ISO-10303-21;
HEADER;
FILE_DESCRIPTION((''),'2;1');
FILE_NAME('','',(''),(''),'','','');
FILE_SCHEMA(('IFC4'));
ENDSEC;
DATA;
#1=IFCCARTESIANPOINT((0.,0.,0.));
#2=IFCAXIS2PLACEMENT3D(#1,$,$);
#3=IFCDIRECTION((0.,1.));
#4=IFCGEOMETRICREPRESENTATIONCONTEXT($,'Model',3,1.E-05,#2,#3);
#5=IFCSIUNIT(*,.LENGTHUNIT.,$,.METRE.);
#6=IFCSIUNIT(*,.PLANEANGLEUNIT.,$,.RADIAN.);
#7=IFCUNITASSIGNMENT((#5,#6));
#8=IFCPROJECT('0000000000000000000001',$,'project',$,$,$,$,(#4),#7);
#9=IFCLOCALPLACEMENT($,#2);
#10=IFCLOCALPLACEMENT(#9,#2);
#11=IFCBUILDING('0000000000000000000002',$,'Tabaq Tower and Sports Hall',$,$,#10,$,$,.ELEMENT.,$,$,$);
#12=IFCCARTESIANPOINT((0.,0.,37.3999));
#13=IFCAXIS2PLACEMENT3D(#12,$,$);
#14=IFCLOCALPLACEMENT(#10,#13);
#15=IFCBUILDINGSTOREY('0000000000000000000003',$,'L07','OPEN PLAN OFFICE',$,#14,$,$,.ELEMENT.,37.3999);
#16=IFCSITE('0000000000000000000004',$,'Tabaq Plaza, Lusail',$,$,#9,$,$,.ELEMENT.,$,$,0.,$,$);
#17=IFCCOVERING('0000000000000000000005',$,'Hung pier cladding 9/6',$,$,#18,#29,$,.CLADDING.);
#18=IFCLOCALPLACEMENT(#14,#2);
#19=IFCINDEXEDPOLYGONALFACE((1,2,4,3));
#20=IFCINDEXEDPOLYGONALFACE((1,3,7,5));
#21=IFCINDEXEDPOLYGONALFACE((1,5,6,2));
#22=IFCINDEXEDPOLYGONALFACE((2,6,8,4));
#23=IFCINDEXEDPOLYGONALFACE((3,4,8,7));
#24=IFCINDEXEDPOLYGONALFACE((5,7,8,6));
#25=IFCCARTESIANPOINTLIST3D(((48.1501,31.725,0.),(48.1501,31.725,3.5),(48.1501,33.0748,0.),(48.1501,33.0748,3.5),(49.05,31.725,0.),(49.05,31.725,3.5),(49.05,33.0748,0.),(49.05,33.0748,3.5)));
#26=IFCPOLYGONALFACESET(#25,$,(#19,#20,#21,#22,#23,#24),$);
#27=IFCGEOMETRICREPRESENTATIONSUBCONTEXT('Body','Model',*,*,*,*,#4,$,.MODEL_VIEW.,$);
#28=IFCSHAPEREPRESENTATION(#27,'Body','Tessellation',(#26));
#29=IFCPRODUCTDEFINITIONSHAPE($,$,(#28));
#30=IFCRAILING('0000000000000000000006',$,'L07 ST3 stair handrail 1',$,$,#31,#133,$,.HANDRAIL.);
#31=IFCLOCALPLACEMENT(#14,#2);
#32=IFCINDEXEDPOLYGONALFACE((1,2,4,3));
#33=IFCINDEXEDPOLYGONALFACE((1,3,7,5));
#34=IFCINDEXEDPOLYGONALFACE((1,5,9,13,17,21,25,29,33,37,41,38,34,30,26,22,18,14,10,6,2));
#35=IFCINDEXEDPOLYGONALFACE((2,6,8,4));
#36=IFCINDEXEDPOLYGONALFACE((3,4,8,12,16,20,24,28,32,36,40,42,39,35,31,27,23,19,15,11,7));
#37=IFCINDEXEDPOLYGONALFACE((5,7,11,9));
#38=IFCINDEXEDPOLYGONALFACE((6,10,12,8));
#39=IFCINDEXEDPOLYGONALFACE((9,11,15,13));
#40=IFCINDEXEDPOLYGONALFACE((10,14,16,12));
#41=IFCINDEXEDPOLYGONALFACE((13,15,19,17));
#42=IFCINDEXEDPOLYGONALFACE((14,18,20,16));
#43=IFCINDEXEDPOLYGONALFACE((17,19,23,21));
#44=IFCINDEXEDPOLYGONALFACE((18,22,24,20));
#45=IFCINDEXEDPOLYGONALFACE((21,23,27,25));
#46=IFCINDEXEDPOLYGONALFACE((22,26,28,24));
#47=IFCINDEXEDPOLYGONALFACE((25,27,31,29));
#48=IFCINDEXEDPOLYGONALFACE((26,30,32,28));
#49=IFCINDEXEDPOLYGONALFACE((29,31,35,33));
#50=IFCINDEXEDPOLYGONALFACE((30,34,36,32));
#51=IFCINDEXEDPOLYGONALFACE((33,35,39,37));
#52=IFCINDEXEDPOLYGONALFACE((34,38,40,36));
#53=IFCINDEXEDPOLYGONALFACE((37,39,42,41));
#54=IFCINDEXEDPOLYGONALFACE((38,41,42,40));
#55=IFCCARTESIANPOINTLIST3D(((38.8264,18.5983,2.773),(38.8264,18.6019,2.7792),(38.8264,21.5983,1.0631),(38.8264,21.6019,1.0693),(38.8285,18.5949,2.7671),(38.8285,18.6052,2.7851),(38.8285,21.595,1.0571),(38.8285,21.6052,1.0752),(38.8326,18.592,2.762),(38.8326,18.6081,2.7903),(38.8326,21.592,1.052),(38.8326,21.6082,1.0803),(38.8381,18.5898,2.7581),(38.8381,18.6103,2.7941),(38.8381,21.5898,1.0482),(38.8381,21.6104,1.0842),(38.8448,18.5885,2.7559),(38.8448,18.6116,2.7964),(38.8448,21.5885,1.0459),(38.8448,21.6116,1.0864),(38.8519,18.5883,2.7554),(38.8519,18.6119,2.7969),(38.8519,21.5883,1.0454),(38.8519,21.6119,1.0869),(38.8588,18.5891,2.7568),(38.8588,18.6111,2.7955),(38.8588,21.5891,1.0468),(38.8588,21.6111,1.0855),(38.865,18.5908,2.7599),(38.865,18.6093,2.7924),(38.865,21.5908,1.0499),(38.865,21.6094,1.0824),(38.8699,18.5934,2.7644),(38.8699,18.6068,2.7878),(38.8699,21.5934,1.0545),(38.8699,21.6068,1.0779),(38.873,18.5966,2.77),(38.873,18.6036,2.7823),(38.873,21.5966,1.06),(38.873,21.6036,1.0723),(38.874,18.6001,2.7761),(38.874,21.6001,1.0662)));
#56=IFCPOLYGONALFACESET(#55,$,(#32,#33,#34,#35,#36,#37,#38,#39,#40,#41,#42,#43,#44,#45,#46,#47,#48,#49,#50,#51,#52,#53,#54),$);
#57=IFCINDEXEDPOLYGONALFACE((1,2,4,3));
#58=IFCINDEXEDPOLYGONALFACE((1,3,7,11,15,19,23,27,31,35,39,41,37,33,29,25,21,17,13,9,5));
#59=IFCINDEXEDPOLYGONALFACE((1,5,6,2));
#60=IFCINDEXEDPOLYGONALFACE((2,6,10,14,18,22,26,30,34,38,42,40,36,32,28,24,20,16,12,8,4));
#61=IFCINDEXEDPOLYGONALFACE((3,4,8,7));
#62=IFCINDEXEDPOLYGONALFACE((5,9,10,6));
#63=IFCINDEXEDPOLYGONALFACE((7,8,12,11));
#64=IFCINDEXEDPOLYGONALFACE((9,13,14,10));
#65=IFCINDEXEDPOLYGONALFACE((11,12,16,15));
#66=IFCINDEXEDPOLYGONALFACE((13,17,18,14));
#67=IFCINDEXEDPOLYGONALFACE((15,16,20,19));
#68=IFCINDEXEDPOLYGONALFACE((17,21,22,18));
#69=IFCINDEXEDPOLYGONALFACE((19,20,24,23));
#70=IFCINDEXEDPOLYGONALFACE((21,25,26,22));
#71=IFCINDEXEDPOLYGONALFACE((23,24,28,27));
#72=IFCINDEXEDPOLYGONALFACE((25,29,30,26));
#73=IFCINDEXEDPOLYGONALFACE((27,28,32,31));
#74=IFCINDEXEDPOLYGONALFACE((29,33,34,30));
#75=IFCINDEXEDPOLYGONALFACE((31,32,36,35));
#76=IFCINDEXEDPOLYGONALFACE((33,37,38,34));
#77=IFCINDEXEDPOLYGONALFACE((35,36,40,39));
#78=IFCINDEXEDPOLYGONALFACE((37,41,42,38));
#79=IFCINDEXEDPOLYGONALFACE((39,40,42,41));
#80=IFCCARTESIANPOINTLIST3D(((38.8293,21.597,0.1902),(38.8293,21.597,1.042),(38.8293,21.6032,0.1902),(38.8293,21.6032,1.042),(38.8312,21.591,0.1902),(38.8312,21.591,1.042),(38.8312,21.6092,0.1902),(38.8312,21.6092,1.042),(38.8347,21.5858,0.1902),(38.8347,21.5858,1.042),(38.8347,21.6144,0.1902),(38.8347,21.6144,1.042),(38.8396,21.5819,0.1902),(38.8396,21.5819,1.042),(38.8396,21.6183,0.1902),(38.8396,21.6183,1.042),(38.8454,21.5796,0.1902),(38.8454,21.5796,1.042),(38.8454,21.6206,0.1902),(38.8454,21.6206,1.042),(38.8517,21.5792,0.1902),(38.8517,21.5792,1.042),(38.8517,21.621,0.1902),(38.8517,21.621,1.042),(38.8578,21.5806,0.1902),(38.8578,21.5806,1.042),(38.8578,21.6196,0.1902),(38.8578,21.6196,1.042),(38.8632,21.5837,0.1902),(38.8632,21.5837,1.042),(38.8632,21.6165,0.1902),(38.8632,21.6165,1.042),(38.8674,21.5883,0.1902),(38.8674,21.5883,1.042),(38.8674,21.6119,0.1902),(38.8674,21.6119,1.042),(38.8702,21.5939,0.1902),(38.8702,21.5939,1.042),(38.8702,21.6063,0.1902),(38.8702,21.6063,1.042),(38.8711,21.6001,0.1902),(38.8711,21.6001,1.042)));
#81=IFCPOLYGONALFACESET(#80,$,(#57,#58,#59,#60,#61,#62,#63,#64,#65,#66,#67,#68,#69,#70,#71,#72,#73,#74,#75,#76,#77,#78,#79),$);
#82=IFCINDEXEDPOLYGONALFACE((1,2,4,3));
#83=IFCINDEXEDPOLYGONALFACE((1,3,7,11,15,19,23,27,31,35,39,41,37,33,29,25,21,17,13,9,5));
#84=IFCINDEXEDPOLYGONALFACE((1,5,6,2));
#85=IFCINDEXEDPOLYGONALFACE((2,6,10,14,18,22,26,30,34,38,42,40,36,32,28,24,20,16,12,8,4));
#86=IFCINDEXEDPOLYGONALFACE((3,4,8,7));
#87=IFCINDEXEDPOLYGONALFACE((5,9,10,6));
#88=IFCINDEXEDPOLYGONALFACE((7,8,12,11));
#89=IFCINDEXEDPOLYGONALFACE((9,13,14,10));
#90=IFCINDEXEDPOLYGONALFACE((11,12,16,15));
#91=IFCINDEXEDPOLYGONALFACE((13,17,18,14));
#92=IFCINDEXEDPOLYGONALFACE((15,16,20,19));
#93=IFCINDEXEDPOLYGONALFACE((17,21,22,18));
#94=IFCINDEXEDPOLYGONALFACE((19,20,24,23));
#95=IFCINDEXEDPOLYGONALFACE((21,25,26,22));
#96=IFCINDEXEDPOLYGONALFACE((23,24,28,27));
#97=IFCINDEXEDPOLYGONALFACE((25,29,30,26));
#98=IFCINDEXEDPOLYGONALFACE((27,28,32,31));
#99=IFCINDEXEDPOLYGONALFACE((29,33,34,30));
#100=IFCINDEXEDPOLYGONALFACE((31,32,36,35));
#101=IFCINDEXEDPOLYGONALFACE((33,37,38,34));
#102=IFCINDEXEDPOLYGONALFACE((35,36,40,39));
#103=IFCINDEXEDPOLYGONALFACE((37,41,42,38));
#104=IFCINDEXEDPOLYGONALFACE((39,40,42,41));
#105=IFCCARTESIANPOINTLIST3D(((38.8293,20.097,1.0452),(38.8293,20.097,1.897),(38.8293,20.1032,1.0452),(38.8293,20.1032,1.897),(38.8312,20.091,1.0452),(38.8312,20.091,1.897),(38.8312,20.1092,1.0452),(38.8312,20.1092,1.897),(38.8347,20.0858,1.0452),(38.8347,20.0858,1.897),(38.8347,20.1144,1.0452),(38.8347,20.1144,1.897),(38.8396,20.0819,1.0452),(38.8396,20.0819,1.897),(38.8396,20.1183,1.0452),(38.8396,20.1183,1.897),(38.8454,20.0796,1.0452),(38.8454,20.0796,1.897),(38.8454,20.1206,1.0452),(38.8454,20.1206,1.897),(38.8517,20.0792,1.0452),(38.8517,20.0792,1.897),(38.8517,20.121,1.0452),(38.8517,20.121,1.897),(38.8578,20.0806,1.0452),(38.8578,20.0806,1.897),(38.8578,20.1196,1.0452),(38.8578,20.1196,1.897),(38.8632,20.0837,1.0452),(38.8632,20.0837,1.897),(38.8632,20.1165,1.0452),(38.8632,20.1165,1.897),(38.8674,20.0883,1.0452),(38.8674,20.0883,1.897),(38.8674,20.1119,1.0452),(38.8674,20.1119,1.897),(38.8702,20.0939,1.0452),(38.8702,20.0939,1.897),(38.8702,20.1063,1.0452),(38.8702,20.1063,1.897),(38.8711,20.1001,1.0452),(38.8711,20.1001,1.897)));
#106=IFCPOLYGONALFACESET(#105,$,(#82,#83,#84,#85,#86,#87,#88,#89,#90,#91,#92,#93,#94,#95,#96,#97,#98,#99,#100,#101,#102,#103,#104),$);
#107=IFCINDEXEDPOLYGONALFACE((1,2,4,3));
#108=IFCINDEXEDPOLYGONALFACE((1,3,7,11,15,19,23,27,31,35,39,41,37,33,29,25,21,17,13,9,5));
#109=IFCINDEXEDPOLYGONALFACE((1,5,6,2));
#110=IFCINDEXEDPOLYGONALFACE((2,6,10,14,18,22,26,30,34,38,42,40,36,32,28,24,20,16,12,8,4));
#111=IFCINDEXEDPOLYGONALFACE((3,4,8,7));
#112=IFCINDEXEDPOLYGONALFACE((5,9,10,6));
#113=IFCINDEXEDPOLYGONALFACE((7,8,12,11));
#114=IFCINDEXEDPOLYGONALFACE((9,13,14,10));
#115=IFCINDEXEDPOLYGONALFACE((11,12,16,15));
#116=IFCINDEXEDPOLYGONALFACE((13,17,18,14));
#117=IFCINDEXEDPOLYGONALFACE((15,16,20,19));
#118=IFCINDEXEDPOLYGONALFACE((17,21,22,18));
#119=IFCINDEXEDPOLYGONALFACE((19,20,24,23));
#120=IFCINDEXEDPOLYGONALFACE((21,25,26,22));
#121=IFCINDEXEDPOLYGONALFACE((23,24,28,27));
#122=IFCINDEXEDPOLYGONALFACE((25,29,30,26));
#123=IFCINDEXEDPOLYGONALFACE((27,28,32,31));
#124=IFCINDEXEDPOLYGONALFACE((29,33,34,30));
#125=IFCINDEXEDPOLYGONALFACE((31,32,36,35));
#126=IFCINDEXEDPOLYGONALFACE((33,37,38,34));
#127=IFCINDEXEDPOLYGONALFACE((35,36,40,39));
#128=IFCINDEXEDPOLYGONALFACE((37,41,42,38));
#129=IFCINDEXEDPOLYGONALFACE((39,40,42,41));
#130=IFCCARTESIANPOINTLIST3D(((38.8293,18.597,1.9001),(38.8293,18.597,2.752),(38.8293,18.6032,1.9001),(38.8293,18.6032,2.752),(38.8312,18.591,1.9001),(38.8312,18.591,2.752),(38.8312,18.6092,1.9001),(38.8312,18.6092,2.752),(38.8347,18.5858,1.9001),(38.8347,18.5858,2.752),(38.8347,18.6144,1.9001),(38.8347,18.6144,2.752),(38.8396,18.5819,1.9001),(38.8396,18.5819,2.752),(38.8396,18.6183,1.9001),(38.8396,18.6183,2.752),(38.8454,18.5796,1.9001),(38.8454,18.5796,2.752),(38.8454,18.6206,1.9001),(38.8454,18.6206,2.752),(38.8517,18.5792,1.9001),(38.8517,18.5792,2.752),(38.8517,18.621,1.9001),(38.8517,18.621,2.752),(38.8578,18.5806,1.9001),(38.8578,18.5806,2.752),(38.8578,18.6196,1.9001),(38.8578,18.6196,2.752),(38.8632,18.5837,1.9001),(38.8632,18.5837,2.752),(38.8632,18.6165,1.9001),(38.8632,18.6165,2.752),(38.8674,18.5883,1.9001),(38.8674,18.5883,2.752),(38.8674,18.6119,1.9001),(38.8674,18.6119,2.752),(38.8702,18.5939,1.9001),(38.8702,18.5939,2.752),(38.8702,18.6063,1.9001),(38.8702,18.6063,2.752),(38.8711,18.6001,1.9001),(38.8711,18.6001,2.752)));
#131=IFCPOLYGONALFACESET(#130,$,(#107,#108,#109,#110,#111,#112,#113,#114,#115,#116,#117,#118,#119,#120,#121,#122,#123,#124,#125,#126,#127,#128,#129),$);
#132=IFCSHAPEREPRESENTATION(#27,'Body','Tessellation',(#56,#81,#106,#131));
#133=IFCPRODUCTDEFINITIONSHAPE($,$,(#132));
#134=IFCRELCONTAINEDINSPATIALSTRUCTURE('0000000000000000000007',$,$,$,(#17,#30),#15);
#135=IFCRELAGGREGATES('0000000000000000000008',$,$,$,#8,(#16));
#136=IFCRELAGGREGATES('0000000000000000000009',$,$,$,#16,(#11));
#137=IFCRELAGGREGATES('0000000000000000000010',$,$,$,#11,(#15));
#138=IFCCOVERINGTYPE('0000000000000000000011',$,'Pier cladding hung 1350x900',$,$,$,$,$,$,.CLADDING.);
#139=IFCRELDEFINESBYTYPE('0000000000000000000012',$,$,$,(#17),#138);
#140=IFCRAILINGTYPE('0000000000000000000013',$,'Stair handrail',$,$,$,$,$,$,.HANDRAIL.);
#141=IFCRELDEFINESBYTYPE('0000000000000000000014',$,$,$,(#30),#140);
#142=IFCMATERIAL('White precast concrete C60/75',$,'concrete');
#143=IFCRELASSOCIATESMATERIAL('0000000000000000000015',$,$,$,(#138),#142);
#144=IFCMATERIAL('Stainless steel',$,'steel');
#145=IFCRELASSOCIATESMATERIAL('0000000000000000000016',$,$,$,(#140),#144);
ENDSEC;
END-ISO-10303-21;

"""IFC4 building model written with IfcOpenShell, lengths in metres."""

from ifc_helpers import new_model, si_unit, direction, frame, frame_2d, origin, origin_2d, place, context, subcontext, project, spatial, rectangle, circle, extrude, material, type_object, element, save


model = new_model("IFC4")

# Units and contexts
model_context = context("Model", 3, precision=1e-05, world=origin(), true_north=direction((0.0, 1.0)))
body_context = subcontext(model_context, "Body", "Model", "MODEL_VIEW")
ifc_project = project(units=[si_unit("LENGTHUNIT", "METRE"), si_unit("PLANEANGLEUNIT", "RADIAN")], contexts=[model_context])

# Site, building, storey
site_placement = place(None, origin())
site = spatial("IfcSite", under=ifc_project, at=site_placement, Name="Tabaq Plaza, Lusail", CompositionType="ELEMENT", RefElevation=0.0)
building_placement = place(site_placement, origin())
building = spatial("IfcBuilding", under=site, at=building_placement, Name="Tabaq Tower and Sports Hall", CompositionType="ELEMENT")
storey_placement = place(building_placement, frame((0.0, 0.0, 37.3999)))
storey = spatial("IfcBuildingStorey", under=building, at=storey_placement, Name="L07", Description="OPEN PLAN OFFICE", CompositionType="ELEMENT", Elevation=37.3999)

# Covering
ifc_material_1 = material(Name="White precast concrete C60/75", Category="concrete")
covering_type_1 = type_object("IfcCoveringType", Name="Pier cladding hung 1350x900", PredefinedType="CLADDING", material=ifc_material_1)
covering_1_placement = place(storey_placement, frame((48.6001, 31.7251, 0.0), z_axis=(0.0, 0.0, 1.0), x_axis=(0.0, 1.0, 0.0)))
element("IfcCovering", 1, at=covering_1_placement, inside=storey, type_object=covering_type_1, Name="Hung pier cladding 9/6", PredefinedType="CLADDING", context=body_context, shape_type="SweptSolid", body=[
    extrude(rectangle(XDim=1.3499, YDim=0.8999, at=frame_2d((0.6748, 0.0))), origin(), (0.0, 0.0, 1.0), 3.5),
])

# Railing
ifc_material_2 = material(Name="Stainless steel", Category="steel")
railing_type_1 = type_object("IfcRailingType", Name="Stair handrail", PredefinedType="HANDRAIL", material=ifc_material_2)
railing_1_placement = place(storey_placement, frame((38.8501, 21.6001, 0.1902)))
element("IfcRailing", 2, at=railing_1_placement, inside=storey, type_object=railing_type_1, Name="L07 ST3 stair handrail 1", PredefinedType="HANDRAIL", context=body_context, shape_type="SweptSolid", body=[
    extrude(circle(Radius=0.0239, at=origin_2d()), frame((0.0, 0.0, 0.876), z_axis=(0.0, -0.868782, 0.495195), x_axis=(1.0, 0.0, 0.0)), (0.0, 0.0, 1.0), 3.4531),
    extrude(circle(Radius=0.021, at=origin_2d()), origin(), (0.0, 0.0, 1.0), 0.8518),
    extrude(circle(Radius=0.021, at=origin_2d()), frame((0.0, -1.5, 0.855)), (0.0, 0.0, 1.0), 0.8518),
    extrude(circle(Radius=0.021, at=origin_2d()), frame((0.0, -3.0, 1.71)), (0.0, 0.0, 1.0), 0.8518),
])

save(model, "model.ifc")
